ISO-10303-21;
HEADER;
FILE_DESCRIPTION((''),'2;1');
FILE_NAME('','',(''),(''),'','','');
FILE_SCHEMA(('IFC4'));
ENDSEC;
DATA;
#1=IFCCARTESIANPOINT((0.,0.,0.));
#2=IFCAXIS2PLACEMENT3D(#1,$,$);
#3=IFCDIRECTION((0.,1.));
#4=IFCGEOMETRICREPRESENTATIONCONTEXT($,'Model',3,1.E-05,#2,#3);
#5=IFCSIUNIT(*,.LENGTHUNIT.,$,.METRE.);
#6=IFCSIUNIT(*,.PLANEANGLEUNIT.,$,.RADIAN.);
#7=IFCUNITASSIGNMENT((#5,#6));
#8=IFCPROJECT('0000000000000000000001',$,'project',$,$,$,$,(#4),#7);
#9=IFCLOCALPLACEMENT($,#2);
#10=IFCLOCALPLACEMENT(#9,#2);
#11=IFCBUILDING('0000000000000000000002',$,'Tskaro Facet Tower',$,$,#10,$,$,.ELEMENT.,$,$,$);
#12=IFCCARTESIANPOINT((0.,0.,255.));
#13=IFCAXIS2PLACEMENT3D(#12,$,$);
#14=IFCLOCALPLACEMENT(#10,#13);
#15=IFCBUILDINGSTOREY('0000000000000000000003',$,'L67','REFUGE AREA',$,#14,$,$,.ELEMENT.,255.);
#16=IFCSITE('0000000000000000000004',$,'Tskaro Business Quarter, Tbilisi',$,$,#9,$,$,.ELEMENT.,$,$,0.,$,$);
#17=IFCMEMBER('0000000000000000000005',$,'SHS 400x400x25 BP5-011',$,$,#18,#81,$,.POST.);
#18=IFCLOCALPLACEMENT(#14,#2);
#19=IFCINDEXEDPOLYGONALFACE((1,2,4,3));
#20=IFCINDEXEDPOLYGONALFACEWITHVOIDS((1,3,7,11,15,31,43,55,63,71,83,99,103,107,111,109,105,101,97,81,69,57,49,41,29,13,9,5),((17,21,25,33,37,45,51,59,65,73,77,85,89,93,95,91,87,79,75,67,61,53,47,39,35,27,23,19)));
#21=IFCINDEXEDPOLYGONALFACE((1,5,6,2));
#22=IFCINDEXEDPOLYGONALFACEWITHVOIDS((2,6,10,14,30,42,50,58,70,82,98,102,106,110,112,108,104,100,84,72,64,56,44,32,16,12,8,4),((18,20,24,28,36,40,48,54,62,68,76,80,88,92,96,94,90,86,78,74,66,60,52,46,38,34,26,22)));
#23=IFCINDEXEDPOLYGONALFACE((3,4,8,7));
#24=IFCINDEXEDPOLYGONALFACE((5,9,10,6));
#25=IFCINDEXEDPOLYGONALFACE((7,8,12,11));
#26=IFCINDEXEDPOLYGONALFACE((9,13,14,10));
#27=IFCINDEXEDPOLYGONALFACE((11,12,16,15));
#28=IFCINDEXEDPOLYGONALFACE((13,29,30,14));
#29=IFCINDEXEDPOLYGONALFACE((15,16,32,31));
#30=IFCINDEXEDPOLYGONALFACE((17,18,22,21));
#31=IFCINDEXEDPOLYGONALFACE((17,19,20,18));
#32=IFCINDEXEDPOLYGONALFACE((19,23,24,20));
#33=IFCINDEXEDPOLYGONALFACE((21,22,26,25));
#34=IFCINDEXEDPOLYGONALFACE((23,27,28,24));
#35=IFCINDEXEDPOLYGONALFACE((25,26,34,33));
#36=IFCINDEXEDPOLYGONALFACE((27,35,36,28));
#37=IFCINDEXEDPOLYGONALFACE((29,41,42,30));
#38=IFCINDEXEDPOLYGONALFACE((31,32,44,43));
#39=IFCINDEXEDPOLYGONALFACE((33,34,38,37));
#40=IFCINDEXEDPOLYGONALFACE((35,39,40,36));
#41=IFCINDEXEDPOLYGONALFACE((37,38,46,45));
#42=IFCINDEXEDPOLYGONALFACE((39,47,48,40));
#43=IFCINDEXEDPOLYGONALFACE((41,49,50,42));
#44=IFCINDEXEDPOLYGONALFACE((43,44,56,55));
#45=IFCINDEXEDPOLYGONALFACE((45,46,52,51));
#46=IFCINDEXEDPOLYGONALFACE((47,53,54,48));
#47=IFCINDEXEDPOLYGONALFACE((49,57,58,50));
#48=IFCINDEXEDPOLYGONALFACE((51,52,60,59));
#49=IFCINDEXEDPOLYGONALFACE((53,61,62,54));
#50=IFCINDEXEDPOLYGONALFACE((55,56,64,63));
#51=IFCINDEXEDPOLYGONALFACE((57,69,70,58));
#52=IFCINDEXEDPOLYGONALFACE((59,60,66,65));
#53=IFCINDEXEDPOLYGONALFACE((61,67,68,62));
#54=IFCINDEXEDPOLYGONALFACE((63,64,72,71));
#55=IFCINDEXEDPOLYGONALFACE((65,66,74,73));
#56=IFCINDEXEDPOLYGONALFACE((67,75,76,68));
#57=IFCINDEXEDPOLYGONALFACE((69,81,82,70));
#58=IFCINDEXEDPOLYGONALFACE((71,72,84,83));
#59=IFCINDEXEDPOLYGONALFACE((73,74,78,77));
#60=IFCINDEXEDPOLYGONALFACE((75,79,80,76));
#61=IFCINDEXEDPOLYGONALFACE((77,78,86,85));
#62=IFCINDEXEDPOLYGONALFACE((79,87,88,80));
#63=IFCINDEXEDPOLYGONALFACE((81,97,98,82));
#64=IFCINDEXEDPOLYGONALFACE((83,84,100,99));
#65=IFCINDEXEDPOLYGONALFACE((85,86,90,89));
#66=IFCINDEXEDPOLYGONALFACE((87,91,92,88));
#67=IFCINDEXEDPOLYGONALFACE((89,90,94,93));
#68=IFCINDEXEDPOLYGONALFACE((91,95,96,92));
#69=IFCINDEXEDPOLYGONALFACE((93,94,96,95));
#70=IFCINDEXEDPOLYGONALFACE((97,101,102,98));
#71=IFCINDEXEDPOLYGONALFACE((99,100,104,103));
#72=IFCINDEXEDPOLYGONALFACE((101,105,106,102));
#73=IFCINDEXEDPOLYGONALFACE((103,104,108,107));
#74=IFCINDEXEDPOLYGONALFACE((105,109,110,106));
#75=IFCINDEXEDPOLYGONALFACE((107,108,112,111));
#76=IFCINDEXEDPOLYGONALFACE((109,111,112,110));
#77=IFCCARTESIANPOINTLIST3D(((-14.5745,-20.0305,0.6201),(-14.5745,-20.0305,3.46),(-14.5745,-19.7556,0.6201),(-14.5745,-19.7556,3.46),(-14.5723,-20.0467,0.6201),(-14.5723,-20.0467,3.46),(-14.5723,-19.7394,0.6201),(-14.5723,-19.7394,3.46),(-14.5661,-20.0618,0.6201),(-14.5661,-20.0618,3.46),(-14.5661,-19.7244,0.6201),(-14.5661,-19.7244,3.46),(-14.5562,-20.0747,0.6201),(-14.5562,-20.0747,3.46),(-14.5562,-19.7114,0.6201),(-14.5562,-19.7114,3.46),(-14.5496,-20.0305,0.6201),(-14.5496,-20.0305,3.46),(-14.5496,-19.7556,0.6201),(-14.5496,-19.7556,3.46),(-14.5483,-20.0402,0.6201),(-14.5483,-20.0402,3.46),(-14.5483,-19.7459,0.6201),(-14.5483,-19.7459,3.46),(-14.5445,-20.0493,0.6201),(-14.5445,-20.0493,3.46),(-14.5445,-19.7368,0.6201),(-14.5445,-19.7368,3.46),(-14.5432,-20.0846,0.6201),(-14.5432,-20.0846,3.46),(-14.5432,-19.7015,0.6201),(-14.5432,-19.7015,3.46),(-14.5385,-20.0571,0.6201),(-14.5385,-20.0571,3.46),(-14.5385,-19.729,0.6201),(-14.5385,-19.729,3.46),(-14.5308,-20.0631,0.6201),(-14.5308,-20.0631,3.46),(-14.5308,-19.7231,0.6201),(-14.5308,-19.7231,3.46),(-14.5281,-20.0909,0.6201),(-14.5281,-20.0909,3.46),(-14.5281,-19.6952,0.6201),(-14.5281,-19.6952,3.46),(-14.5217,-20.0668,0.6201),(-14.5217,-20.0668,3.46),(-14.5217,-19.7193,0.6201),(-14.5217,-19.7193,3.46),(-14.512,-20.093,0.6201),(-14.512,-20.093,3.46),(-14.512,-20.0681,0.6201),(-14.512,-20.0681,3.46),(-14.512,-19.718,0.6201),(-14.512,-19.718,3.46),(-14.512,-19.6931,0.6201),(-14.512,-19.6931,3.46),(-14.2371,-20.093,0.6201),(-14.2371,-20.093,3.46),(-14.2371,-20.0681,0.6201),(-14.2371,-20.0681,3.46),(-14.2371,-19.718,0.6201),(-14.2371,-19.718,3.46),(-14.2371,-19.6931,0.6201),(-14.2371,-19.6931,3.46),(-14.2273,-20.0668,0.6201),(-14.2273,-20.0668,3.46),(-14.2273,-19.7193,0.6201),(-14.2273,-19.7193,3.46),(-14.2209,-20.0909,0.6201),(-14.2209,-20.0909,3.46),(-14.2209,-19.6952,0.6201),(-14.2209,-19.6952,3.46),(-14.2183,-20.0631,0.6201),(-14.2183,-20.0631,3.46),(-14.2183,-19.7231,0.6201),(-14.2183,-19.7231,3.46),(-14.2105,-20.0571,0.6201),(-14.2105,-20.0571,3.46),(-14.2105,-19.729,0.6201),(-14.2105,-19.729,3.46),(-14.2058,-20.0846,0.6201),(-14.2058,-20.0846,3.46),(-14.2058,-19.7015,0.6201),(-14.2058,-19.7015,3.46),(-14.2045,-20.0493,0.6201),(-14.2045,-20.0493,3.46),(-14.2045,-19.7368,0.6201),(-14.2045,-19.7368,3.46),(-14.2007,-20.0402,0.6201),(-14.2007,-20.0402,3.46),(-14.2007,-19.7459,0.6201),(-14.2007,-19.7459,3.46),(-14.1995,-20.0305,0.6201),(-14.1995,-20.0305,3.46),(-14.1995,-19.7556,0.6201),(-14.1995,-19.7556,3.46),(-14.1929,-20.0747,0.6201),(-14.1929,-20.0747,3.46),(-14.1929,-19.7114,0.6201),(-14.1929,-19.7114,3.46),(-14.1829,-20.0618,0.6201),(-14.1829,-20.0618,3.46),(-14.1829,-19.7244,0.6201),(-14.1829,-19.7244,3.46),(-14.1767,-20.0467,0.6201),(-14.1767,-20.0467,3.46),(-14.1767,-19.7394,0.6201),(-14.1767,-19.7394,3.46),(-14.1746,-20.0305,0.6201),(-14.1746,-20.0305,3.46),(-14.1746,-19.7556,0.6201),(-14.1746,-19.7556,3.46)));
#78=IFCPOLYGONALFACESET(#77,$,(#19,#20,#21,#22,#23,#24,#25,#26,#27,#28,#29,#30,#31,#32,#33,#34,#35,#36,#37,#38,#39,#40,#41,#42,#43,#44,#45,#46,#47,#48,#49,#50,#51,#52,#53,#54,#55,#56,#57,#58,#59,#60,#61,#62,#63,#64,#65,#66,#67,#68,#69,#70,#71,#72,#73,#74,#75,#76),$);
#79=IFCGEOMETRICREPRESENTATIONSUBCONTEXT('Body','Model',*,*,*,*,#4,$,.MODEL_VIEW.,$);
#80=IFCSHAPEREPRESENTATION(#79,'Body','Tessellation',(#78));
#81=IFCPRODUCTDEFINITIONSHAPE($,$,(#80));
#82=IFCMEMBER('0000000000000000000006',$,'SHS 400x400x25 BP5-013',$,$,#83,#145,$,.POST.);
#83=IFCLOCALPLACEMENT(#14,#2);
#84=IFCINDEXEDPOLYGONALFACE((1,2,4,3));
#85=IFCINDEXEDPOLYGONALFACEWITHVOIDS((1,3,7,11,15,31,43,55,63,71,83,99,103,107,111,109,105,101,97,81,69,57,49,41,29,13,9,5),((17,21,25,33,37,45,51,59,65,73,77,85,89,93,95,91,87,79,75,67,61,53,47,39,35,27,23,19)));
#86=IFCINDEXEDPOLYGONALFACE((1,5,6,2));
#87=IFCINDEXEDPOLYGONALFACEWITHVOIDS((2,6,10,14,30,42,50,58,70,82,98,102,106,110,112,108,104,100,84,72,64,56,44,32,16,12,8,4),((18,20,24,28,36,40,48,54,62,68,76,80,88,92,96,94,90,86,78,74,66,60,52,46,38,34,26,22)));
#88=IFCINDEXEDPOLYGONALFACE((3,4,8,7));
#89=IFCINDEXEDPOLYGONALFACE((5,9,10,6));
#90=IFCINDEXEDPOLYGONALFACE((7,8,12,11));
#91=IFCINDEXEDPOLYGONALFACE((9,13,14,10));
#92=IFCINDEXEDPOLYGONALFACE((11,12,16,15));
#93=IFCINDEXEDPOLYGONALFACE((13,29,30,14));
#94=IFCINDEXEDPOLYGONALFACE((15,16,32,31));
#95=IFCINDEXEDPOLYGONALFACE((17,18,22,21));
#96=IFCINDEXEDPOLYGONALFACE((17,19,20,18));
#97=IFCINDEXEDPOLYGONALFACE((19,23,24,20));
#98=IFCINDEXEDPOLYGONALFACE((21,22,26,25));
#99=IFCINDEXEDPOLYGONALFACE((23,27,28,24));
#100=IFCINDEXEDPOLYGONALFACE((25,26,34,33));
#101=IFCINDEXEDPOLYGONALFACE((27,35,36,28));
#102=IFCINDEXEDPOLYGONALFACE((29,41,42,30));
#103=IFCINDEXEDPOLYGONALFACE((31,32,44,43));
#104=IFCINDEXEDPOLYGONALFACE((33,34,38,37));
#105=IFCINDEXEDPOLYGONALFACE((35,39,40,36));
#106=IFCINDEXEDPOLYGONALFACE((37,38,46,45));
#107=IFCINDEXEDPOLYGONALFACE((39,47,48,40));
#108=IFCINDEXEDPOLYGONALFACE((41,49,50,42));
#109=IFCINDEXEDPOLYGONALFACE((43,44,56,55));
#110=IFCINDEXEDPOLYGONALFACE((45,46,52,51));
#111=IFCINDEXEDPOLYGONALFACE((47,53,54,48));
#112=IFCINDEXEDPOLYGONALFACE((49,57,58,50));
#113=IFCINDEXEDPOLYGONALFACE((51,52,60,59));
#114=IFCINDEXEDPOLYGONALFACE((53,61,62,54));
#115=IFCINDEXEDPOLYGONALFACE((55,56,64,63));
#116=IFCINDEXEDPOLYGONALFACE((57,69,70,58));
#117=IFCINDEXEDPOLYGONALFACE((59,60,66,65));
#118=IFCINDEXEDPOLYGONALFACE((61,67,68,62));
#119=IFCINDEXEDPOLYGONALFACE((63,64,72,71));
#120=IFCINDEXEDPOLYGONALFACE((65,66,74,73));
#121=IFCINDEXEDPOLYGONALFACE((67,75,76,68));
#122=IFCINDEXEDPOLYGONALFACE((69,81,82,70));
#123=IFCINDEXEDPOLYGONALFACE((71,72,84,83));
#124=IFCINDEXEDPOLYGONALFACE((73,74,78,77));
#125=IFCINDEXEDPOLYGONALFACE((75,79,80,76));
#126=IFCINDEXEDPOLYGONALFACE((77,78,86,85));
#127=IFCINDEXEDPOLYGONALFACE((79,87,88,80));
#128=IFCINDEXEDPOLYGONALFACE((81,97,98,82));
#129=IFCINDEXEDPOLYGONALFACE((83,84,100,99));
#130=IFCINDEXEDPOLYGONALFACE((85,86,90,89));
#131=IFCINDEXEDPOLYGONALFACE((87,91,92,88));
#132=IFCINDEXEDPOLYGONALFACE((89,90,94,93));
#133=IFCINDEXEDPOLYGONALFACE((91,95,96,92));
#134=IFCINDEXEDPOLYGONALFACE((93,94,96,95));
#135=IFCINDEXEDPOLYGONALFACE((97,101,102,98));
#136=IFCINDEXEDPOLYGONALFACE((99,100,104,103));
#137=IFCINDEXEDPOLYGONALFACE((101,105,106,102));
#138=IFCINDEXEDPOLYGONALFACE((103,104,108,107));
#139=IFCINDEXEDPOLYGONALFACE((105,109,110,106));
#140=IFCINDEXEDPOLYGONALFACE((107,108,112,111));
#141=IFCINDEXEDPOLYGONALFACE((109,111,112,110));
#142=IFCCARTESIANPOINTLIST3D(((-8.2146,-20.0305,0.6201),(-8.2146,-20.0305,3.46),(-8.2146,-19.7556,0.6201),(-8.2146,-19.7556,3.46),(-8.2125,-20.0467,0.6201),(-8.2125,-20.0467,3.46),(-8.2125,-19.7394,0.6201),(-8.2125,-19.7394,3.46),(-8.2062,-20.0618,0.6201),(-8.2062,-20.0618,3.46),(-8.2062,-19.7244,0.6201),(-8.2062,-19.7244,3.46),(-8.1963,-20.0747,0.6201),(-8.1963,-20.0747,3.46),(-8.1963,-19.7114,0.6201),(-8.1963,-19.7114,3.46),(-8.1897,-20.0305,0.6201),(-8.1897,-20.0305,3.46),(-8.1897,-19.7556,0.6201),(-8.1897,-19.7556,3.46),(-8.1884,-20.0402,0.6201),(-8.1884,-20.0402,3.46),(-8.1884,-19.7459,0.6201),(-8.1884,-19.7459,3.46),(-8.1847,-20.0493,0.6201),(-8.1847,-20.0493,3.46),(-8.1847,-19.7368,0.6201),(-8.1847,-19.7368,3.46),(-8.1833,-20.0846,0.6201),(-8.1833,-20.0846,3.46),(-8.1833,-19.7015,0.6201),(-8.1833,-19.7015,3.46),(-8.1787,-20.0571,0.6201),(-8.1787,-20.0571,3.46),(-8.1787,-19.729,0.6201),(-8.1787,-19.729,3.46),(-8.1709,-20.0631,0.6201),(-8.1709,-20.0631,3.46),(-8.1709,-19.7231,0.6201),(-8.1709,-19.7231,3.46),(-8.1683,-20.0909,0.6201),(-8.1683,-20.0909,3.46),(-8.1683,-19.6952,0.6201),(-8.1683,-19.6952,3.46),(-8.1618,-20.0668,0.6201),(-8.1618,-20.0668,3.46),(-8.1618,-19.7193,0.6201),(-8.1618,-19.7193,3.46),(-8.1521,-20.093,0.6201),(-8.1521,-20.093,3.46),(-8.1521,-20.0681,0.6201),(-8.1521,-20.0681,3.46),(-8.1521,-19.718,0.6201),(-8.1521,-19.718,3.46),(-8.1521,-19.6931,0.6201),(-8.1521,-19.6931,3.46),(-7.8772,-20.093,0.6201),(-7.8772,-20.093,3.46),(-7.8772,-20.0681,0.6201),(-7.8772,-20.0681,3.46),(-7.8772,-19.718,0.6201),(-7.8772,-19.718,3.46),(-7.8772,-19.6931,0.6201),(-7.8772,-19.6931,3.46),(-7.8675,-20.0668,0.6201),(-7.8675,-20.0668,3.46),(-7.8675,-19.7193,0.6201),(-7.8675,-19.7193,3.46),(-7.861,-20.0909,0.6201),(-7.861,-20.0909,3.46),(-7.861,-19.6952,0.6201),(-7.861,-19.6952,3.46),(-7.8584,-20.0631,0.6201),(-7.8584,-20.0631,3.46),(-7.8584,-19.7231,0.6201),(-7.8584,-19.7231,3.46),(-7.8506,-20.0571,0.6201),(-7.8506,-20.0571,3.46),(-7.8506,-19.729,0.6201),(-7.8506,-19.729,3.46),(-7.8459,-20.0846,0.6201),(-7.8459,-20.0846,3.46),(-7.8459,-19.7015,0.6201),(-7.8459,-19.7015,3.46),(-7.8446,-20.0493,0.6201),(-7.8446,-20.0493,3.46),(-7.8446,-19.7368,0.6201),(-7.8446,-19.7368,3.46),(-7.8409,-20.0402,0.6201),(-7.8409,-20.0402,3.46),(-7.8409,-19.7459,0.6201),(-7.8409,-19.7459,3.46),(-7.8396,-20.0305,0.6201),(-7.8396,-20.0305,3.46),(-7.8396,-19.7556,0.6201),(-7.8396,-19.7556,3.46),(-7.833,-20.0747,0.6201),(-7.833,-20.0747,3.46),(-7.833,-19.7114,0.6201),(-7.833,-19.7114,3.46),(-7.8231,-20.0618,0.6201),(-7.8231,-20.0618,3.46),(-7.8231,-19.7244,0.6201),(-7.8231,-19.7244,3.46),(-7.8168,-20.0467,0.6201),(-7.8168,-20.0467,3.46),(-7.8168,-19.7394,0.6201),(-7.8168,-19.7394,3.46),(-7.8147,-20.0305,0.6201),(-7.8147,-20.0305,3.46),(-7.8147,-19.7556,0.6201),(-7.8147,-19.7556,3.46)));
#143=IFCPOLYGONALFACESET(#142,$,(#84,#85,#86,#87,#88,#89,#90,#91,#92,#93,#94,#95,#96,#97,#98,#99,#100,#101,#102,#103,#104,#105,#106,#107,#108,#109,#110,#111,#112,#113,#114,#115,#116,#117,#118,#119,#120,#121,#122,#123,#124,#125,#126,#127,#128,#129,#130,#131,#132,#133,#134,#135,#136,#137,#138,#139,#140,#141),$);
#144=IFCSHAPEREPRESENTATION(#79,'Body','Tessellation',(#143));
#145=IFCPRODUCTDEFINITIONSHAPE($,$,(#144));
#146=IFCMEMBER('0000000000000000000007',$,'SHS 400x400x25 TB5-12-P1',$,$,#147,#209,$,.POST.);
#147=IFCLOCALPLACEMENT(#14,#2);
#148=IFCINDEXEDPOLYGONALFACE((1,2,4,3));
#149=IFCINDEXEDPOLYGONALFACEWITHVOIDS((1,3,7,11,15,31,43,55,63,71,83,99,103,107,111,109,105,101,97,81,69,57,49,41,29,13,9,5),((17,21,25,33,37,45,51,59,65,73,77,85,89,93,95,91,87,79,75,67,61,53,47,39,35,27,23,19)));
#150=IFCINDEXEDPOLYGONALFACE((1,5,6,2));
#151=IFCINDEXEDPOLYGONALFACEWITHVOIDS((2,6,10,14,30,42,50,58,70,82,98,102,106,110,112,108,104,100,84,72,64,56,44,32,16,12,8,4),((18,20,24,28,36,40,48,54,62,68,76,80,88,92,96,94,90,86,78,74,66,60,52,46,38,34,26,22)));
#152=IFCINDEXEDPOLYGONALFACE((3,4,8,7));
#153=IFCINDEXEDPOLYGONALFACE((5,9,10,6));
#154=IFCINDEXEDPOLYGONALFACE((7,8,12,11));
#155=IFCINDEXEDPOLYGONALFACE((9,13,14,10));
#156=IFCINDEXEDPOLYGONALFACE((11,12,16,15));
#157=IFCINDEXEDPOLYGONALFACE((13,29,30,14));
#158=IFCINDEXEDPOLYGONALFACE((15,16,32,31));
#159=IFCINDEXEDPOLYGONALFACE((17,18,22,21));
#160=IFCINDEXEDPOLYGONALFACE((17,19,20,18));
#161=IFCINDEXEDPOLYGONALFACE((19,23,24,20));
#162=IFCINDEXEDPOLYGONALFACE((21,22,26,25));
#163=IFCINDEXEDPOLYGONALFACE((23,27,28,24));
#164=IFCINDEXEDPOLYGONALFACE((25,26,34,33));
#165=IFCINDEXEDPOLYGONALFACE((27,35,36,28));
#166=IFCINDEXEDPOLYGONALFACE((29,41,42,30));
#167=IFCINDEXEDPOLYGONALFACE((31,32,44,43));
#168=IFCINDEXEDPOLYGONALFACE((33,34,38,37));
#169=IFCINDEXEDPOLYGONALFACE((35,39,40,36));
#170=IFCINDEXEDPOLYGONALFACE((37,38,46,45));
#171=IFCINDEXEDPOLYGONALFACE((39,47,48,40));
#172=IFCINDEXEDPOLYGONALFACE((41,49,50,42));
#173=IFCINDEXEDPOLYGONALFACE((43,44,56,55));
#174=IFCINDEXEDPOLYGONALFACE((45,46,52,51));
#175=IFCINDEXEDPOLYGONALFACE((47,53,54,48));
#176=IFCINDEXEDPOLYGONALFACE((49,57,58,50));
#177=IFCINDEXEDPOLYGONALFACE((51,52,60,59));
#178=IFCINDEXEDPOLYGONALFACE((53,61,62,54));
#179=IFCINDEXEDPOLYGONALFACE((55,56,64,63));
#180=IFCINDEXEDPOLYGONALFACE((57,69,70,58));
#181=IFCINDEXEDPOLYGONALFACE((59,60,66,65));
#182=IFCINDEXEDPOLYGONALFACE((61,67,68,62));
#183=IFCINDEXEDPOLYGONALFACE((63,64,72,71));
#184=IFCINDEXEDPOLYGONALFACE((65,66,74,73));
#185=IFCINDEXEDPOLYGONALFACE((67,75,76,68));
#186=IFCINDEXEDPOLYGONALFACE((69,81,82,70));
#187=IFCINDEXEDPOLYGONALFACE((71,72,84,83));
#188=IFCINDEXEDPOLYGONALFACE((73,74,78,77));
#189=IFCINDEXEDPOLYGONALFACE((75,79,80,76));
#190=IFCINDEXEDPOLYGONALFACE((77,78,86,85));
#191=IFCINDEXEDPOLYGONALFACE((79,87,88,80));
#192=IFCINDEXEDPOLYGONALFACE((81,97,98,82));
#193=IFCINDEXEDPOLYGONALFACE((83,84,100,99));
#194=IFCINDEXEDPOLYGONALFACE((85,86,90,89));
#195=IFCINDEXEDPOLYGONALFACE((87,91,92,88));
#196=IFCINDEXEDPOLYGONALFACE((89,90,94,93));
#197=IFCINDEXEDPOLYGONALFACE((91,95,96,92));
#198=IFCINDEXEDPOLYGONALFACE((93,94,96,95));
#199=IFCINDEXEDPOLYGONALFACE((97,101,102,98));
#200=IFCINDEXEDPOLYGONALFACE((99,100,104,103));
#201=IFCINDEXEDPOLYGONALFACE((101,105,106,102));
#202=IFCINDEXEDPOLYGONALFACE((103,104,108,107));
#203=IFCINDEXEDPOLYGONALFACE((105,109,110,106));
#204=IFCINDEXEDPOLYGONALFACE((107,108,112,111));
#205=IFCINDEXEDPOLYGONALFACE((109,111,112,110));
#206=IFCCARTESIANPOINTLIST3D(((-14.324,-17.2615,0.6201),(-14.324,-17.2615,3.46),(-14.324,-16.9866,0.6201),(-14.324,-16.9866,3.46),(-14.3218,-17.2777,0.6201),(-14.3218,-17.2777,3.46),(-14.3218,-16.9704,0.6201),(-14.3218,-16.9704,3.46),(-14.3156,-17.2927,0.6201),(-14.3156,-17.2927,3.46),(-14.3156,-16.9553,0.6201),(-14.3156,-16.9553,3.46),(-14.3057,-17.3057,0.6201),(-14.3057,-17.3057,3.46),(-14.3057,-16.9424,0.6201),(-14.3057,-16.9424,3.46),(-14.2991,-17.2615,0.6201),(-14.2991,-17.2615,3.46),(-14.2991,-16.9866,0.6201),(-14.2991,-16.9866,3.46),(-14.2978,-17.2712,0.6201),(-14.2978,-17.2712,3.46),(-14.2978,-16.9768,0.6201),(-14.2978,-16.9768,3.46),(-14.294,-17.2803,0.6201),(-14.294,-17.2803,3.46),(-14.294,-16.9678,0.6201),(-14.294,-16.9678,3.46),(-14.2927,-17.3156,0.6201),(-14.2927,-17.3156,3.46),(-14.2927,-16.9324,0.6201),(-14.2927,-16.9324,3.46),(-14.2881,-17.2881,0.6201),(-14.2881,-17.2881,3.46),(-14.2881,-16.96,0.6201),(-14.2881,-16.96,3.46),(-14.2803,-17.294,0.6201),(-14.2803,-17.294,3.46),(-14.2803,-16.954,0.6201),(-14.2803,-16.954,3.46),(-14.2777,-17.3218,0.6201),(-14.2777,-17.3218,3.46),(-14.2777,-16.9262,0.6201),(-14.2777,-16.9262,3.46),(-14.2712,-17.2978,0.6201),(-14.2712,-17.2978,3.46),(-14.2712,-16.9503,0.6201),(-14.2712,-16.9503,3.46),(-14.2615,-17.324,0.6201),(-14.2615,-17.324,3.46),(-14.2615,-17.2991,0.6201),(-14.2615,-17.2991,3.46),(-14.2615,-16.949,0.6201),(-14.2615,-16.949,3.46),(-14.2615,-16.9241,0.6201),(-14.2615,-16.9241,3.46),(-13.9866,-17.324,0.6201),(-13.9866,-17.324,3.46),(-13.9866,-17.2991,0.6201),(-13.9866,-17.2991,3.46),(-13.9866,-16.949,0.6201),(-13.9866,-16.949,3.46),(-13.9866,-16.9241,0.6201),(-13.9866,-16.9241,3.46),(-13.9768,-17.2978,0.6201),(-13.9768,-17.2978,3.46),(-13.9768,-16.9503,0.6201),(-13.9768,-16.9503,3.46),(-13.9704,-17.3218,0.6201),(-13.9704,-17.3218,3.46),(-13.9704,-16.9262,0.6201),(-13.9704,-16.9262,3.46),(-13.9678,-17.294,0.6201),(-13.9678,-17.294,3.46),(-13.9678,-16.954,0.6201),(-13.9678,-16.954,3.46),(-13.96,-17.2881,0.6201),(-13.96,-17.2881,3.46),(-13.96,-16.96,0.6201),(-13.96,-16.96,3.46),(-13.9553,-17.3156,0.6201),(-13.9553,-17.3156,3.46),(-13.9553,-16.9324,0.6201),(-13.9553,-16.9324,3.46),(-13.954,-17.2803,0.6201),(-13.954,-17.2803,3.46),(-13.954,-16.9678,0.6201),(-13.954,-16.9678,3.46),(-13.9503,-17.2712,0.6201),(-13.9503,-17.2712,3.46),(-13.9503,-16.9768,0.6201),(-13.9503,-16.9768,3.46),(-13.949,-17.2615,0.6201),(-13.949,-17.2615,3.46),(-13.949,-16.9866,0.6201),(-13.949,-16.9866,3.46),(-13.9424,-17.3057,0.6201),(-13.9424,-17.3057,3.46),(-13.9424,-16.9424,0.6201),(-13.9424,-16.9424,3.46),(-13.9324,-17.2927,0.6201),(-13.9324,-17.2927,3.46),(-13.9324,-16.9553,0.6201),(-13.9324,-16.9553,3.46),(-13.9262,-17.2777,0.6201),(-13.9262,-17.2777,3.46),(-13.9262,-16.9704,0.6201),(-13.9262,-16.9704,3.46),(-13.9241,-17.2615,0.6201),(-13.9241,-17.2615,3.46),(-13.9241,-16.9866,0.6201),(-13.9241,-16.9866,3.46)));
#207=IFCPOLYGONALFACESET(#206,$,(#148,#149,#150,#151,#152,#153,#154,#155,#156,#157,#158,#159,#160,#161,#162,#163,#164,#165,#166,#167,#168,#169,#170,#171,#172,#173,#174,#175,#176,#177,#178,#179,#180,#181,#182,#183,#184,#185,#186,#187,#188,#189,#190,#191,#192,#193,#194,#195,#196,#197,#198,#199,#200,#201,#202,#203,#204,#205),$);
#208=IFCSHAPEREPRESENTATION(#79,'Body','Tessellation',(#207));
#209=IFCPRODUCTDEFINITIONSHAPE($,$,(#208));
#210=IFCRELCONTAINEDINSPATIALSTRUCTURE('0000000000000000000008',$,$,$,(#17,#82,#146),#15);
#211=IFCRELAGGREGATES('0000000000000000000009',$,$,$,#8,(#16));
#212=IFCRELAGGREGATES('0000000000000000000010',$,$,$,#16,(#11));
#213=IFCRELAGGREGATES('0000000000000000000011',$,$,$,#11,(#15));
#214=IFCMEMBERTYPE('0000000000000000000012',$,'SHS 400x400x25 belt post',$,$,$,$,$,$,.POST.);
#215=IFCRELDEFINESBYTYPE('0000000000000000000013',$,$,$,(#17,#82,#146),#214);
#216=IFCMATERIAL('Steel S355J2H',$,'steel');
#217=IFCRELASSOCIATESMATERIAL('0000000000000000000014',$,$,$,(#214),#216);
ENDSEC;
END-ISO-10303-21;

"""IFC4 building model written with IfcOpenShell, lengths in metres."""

from ifc_helpers import new_model, si_unit, direction, frame, origin, origin_2d, place, context, subcontext, project, spatial, hollow_rectangle, extrude, material, material_profile, profile_set, type_object, element, save


model = new_model("IFC4")

# Units and contexts
model_context = context("Model", 3, precision=1e-05, world=origin(), true_north=direction((0.0, 1.0)))
body_context = subcontext(model_context, "Body", "Model", "MODEL_VIEW")
ifc_project = project(units=[si_unit("LENGTHUNIT", "METRE"), si_unit("PLANEANGLEUNIT", "RADIAN")], contexts=[model_context])

# Site, building, storey
site_placement = place(None, origin())
site = spatial("IfcSite", under=ifc_project, at=site_placement, Name="Tskaro Business Quarter, Tbilisi", CompositionType="ELEMENT", RefElevation=0.0)
building_placement = place(site_placement, origin())
building = spatial("IfcBuilding", under=site, at=building_placement, Name="Tskaro Facet Tower", CompositionType="ELEMENT")
storey_placement = place(building_placement, frame((0.0, 0.0, 255.0)))
storey = spatial("IfcBuildingStorey", under=building, at=storey_placement, Name="L67", Description="REFUGE AREA", CompositionType="ELEMENT", Elevation=255.0)

# Shared definitions
ifc_material_1 = material(Name="Steel S355J2H", Category="steel")

# Members
ifc_material_profile_1 = material_profile(ifc_material_1, hollow_rectangle(XDim=0.3999, YDim=0.3999, WallThickness=0.0249, InnerFilletRadius=0.0376, OuterFilletRadius=0.0625, at=origin_2d()), Name="SHS 400x400x25")
ifc_profile_set_1 = profile_set([ifc_material_profile_1], Name="Steel S355J2H")
member_type_1 = type_object("IfcMemberType", Name="SHS 400x400x25 belt post", PredefinedType="POST", material=ifc_profile_set_1)
for number, where, z_axis, x_axis, name in (
    (1, (-14.3745, -19.8931, 0.6201), (0.0, 0.0, 1.0), (1.0, 0.0, 0.0), "SHS 400x400x25 BP5-011"),
    (2, (-8.0146, -19.8931, 0.6201), (0.0, 0.0, 1.0), (1.0, 0.0, 0.0), "SHS 400x400x25 BP5-013"),
    (3, (-14.124, -17.124, 0.6201), (0.0, 0.0, 1.0), (1.0, 0.0, 0.0), "SHS 400x400x25 TB5-12-P1"),
):
    element("IfcMember", number, at=place(storey_placement, frame(where, z_axis=z_axis, x_axis=x_axis)), inside=storey, type_object=member_type_1, Name=name, PredefinedType="POST", context=body_context, shape_type="SweptSolid", body=[
        extrude(hollow_rectangle(XDim=0.3999, YDim=0.3999, WallThickness=0.0249, InnerFilletRadius=0.0376, OuterFilletRadius=0.0625, at=origin_2d()), origin(), (0.0, 0.0, 1.0), 2.8398),
    ])

save(model, "model.ifc")
